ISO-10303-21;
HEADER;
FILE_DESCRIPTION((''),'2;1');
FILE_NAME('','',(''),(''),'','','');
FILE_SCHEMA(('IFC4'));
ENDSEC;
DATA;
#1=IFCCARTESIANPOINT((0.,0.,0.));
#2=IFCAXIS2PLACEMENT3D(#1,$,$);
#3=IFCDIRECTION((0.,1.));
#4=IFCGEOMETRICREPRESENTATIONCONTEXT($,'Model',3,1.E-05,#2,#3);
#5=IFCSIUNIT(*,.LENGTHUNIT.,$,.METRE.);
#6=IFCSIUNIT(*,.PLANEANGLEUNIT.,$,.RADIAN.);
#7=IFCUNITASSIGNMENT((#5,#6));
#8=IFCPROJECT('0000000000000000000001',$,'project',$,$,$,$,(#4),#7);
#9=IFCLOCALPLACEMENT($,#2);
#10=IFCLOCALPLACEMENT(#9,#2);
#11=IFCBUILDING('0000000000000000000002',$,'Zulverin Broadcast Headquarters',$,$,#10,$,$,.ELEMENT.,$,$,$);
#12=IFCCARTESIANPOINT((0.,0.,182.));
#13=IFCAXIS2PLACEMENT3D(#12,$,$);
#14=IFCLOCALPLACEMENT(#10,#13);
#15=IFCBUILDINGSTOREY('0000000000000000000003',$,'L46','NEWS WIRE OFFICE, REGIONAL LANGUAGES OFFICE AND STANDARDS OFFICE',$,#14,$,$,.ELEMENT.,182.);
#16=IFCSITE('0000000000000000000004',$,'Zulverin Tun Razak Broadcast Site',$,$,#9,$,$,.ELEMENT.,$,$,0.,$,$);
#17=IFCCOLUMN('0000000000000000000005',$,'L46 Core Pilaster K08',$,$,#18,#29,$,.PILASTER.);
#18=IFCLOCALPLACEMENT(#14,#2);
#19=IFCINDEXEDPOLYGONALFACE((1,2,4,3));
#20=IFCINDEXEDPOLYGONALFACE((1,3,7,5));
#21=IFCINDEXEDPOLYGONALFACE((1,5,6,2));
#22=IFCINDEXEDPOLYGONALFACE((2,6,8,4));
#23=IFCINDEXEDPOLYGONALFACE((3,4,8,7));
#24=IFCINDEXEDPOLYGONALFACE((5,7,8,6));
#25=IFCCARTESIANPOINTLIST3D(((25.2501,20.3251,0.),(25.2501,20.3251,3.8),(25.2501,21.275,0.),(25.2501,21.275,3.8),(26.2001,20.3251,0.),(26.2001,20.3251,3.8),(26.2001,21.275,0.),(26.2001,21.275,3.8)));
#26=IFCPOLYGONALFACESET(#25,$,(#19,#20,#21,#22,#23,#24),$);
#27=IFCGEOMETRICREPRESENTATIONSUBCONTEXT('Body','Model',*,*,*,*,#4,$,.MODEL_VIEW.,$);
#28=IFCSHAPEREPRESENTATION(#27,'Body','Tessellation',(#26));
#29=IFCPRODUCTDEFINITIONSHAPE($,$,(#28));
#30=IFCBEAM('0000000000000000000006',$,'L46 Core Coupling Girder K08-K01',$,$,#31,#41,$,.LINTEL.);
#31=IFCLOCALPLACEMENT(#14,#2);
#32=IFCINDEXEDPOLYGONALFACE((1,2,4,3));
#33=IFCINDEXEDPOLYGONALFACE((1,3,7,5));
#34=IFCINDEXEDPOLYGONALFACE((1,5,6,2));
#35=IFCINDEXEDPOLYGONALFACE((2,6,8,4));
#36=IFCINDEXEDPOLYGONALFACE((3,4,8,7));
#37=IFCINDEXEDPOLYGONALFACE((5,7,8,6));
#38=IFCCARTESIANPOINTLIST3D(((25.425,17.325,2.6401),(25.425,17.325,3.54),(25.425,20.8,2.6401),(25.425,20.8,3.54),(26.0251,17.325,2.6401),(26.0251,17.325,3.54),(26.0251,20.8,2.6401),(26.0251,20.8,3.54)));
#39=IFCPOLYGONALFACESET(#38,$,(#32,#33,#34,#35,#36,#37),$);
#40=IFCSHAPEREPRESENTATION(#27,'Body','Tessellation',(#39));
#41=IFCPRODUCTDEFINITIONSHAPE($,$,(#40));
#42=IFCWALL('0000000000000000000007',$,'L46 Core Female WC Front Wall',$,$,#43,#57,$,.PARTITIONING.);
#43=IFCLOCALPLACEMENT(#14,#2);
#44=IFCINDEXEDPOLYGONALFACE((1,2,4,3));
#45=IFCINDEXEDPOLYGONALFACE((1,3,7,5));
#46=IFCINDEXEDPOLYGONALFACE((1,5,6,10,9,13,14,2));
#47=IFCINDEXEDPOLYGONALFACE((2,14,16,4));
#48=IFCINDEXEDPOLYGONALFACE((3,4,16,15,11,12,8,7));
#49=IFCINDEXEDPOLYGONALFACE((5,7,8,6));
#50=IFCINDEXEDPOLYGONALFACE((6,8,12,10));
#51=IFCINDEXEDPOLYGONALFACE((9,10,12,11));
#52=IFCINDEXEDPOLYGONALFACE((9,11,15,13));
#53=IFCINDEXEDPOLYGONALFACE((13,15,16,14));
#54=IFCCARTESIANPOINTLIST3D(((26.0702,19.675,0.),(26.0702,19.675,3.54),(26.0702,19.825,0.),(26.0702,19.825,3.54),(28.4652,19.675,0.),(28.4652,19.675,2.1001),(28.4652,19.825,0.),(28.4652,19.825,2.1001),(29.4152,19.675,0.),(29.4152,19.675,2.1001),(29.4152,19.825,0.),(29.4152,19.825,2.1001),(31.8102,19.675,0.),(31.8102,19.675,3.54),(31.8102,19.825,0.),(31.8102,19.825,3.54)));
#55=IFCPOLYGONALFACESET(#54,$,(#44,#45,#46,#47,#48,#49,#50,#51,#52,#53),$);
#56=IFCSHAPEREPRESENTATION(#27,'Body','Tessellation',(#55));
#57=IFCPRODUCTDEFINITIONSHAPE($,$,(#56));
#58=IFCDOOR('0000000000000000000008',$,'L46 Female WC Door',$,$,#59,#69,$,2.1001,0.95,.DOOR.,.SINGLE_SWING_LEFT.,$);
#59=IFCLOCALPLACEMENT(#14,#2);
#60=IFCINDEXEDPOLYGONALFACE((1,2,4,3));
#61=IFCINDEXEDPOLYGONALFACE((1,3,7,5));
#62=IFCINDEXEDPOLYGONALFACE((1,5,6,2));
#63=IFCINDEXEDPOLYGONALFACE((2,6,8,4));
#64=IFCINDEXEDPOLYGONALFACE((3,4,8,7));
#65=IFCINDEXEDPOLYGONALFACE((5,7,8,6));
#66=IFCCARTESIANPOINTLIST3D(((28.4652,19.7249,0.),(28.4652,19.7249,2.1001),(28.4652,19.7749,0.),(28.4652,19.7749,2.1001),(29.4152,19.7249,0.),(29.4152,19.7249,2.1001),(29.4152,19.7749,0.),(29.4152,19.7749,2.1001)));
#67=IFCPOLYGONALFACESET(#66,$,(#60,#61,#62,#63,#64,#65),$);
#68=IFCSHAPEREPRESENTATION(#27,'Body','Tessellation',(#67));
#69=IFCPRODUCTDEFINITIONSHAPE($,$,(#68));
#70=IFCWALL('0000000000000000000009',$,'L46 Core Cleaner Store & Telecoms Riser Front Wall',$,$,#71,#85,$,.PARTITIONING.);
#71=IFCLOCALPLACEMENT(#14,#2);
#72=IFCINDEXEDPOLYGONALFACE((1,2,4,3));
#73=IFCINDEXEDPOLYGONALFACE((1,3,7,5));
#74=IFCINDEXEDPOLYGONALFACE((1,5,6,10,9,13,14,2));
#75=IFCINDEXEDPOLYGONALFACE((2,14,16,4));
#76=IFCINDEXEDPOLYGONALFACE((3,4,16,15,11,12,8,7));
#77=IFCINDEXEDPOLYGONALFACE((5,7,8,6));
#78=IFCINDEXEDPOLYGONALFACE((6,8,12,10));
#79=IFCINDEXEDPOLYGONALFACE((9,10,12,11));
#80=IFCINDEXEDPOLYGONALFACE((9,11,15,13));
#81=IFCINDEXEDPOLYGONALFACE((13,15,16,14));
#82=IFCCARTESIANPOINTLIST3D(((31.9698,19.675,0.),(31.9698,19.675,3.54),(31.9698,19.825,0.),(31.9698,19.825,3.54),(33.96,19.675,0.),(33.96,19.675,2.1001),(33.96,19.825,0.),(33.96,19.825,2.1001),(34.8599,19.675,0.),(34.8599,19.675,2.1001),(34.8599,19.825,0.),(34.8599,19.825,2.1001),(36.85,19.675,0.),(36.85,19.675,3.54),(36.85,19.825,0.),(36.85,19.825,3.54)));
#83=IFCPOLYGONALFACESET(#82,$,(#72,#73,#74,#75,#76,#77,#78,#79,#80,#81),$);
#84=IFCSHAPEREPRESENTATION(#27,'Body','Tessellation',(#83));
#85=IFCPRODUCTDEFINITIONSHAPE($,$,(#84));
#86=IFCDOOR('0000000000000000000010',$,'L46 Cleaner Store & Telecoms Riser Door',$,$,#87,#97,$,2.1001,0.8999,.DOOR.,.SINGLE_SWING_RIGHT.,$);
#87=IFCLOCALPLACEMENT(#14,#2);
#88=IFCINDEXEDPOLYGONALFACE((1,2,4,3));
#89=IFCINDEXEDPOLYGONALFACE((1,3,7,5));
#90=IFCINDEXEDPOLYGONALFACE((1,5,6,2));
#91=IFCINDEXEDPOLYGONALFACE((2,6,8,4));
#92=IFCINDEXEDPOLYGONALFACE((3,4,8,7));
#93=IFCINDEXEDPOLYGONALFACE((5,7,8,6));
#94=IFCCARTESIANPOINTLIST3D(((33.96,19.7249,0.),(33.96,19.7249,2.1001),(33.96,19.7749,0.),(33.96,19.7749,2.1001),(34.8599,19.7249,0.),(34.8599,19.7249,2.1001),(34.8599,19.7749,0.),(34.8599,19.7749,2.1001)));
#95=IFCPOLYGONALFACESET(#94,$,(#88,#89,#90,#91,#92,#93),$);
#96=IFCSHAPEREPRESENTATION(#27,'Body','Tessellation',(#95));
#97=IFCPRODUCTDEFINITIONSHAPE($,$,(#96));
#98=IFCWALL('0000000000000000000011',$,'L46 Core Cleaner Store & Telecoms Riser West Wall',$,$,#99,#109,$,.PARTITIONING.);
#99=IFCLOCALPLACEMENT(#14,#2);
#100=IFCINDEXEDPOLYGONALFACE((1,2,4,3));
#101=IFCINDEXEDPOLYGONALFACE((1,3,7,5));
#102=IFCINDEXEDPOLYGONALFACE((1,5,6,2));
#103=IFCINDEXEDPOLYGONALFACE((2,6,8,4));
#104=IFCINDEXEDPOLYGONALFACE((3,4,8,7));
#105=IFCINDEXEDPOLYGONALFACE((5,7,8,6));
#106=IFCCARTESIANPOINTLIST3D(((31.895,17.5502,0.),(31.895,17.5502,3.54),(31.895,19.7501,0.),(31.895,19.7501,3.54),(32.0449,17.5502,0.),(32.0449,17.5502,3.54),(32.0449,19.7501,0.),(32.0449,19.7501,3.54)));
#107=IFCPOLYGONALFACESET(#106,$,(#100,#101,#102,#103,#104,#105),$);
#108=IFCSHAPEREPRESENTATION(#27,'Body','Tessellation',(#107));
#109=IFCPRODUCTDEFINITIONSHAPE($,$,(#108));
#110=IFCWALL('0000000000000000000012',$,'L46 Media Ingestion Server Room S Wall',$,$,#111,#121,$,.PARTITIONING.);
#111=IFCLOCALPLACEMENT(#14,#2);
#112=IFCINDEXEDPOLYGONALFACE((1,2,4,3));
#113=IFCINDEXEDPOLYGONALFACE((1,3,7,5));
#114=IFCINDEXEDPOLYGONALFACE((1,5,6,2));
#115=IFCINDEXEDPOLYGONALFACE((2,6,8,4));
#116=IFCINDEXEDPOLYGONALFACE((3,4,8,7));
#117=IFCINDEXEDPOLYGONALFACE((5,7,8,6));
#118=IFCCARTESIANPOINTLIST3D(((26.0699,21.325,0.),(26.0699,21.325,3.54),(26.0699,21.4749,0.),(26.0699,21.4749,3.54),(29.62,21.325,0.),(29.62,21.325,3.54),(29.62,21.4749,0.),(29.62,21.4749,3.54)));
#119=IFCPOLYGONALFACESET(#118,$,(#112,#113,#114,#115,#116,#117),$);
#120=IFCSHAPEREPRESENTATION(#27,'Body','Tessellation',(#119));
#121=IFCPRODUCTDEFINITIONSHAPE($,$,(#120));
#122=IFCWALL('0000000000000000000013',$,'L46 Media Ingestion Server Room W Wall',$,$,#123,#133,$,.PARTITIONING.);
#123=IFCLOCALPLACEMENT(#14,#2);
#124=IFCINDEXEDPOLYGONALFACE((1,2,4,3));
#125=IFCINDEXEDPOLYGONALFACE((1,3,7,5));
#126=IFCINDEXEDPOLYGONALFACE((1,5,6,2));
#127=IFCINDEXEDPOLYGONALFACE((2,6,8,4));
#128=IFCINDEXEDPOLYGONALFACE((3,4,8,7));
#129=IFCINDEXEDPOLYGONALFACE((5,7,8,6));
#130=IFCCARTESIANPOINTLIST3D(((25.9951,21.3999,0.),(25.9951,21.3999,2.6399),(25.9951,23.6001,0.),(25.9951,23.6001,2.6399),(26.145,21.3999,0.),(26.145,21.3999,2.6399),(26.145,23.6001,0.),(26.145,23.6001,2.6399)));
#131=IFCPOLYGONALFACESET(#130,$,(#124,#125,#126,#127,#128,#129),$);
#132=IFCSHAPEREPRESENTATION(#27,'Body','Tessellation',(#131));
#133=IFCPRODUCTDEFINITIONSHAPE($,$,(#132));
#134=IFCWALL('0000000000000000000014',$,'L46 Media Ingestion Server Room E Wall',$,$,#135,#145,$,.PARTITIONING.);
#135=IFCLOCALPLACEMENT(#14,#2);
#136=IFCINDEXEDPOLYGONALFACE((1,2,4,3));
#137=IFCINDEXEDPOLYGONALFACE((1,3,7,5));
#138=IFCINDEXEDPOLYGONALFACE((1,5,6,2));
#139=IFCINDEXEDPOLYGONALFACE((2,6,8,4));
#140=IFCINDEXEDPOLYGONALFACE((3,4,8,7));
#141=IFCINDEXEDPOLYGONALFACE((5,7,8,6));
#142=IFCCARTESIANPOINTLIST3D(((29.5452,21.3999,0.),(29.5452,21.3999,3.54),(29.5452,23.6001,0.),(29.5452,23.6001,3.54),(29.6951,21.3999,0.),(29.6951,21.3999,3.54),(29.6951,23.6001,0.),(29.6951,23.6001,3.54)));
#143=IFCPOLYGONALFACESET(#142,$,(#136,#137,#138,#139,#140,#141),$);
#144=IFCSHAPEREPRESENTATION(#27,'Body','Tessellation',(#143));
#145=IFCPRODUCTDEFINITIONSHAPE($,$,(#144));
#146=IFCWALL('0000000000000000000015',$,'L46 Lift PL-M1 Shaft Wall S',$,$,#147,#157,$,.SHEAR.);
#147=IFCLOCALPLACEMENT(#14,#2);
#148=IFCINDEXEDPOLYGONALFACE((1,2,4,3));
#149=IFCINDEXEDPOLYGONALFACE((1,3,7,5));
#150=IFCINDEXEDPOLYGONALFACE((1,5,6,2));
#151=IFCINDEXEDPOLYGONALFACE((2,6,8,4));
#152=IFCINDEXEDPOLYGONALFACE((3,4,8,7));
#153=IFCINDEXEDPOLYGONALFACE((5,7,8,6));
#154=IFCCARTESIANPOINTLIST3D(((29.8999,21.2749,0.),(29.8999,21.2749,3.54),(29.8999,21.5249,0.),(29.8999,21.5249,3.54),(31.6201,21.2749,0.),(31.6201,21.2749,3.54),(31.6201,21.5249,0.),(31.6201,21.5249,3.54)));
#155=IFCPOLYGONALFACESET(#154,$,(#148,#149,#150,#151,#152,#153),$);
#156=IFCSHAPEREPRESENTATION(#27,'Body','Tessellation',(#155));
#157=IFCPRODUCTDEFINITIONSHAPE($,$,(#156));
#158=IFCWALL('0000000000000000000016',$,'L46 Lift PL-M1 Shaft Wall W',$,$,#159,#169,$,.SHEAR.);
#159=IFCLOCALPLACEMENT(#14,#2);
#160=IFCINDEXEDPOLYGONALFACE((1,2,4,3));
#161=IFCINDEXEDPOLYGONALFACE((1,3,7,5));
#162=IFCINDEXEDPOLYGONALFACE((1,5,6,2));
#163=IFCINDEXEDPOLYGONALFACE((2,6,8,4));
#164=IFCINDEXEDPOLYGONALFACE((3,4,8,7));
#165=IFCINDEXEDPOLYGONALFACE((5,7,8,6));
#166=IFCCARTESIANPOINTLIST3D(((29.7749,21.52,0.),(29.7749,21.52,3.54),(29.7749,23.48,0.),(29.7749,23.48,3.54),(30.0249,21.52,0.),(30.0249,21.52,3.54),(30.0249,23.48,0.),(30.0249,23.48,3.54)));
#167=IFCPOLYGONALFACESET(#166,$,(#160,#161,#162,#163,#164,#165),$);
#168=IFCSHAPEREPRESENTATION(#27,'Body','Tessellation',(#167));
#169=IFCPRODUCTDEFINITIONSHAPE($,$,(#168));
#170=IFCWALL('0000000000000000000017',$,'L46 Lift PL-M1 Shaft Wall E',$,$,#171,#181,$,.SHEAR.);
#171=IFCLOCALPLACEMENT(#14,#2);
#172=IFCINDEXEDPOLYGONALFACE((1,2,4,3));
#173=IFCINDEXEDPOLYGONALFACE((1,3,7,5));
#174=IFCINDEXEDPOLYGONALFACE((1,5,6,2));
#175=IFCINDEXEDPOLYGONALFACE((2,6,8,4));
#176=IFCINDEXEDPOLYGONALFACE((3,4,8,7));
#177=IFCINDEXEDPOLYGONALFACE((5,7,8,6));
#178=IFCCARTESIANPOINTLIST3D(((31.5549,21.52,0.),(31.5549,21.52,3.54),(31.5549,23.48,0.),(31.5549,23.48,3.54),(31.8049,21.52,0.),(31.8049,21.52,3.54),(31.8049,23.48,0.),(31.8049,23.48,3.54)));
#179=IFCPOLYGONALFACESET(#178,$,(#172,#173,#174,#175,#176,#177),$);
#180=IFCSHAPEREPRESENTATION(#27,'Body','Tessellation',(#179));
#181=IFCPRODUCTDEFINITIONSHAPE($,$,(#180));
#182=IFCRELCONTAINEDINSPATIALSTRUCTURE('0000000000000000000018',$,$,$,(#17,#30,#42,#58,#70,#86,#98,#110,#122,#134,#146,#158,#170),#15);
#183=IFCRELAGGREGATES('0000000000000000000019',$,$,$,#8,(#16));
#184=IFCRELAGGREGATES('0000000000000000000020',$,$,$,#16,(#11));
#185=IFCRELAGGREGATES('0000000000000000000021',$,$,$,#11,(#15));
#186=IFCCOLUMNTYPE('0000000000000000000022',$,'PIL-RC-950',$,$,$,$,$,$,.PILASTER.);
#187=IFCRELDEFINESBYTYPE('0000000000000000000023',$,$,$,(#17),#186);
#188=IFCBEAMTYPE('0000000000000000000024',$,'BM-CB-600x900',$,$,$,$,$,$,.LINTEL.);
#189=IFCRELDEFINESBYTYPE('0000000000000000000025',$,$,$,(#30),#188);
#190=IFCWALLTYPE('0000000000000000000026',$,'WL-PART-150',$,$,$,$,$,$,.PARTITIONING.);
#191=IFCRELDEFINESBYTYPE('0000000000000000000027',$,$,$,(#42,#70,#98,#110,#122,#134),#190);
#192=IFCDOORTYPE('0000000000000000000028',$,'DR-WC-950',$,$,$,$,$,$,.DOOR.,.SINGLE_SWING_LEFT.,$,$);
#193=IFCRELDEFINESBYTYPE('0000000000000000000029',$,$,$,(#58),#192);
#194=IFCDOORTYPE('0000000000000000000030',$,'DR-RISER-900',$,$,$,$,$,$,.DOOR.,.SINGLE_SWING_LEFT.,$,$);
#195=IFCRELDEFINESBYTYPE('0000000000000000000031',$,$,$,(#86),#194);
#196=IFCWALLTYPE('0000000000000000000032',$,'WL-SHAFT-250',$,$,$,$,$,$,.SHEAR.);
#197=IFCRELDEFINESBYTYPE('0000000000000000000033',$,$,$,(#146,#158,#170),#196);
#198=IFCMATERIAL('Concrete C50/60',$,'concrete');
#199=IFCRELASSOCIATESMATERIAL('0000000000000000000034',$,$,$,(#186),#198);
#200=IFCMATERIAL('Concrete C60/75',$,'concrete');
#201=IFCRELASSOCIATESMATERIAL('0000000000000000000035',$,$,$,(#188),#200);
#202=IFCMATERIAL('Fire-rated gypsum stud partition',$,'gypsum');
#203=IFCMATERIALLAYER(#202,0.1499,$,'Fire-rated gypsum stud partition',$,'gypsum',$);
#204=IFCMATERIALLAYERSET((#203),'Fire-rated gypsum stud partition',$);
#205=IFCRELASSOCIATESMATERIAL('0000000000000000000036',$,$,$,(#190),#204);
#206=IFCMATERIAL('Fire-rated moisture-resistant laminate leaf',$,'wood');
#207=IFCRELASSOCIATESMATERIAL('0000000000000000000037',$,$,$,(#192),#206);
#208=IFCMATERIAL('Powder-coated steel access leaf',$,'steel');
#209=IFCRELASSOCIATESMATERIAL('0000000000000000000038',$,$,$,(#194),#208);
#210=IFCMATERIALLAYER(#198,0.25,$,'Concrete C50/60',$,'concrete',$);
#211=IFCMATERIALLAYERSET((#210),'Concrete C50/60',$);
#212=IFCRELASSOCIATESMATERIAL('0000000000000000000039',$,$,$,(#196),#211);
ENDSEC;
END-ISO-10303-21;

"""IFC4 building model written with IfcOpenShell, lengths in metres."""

from ifc_helpers import new_model, si_unit, direction, frame, frame_2d, origin, origin_2d, place, context, subcontext, project, spatial, rectangle, extrude, material, layer, layer_set, material_profile, profile_set, type_object, element, fill, save


model = new_model("IFC4")

# Units and contexts
model_context = context("Model", 3, precision=1e-05, world=origin(), true_north=direction((0.0, 1.0)))
body_context = subcontext(model_context, "Body", "Model", "MODEL_VIEW")
ifc_project = project(units=[si_unit("LENGTHUNIT", "METRE"), si_unit("PLANEANGLEUNIT", "RADIAN")], contexts=[model_context])

# Site, building, storey
site_placement = place(None, origin())
site = spatial("IfcSite", under=ifc_project, at=site_placement, Name="Zulverin Tun Razak Broadcast Site", CompositionType="ELEMENT", RefElevation=0.0)
building_placement = place(site_placement, origin())
building = spatial("IfcBuilding", under=site, at=building_placement, Name="Zulverin Broadcast Headquarters", CompositionType="ELEMENT")
storey_placement = place(building_placement, frame((0.0, 0.0, 182.0)))
storey = spatial("IfcBuildingStorey", under=building, at=storey_placement, Name="L46", Description="NEWS WIRE OFFICE, REGIONAL LANGUAGES OFFICE AND STANDARDS OFFICE", CompositionType="ELEMENT", Elevation=182.0)

# Column
ifc_material_1 = material(Name="Concrete C50/60", Category="concrete")
ifc_material_profile_1 = material_profile(ifc_material_1, rectangle(XDim=0.95, YDim=0.95, at=origin_2d()), Name="Concrete C50/60", Category="concrete")
ifc_profile_set_1 = profile_set([ifc_material_profile_1], Name="Concrete C50/60")
column_type = type_object("IfcColumnType", Name="PIL-RC-950", PredefinedType="PILASTER", material=ifc_profile_set_1)
column_placement = place(storey_placement, frame((25.7251, 20.8, 0.0), z_axis=(0.0, 0.0, 1.0), x_axis=(1.0, 0.0, 0.0)))
element("IfcColumn", 1, at=column_placement, inside=storey, type_object=column_type, Name="L46 Core Pilaster K08", PredefinedType="PILASTER", context=body_context, shape_type="SweptSolid", body=[
    extrude(rectangle(XDim=0.95, YDim=0.95, at=origin_2d()), origin(), (0.0, 0.0, 1.0), 3.8),
])

# Beam
ifc_material_2 = material(Name="Concrete C60/75", Category="concrete")
ifc_material_profile_2 = material_profile(ifc_material_2, rectangle(XDim=0.6001, YDim=0.8999, at=origin_2d()), Name="Concrete C60/75", Category="concrete")
ifc_profile_set_2 = profile_set([ifc_material_profile_2], Name="Concrete C60/75")
beam_type = type_object("IfcBeamType", Name="BM-CB-600x900", PredefinedType="LINTEL", material=ifc_profile_set_2)
beam_placement = place(storey_placement, frame((25.7251, 20.8, 3.0901), z_axis=(0.0, -1.0, 0.0), x_axis=(1.0, 0.0, 0.0)))
element("IfcBeam", 2, at=beam_placement, inside=storey, type_object=beam_type, Name="L46 Core Coupling Girder K08-K01", PredefinedType="LINTEL", context=body_context, shape_type="SweptSolid", body=[
    extrude(rectangle(XDim=0.6001, YDim=0.8999, at=origin_2d()), origin(), (0.0, 0.0, 1.0), 3.4751),
])

# Walls, openings, doors
ifc_material_3 = material(Name="Fire-rated gypsum stud partition", Category="gypsum")
ifc_layer_1 = layer(ifc_material_3, 0.1499, Name="Fire-rated gypsum stud partition", Category="gypsum")
ifc_layer_set_1 = layer_set([ifc_layer_1], Name="Fire-rated gypsum stud partition")
wall_type_1 = type_object("IfcWallType", Name="WL-PART-150", PredefinedType="PARTITIONING", material=ifc_layer_set_1)
wall_1_placement = place(storey_placement, frame((26.0701, 19.75, 0.0), z_axis=(0.0, 0.0, 1.0), x_axis=(1.0, 0.0, 0.0)))
wall_1 = element("IfcWall", 3, at=wall_1_placement, inside=storey, type_object=wall_type_1, Name="L46 Core Female WC Front Wall", PredefinedType="PARTITIONING", context=body_context, shape_type="SweptSolid", body=[
    extrude(rectangle(XDim=5.74, YDim=0.1499, at=frame_2d((2.8701, 0.0))), origin(), (0.0, 0.0, 1.0), 3.54),
])
opening_1_placement = place(wall_1_placement, frame((2.395, 0.0, 0.0)))
opening_1 = element("IfcOpeningElement", 4, at=opening_1_placement, cuts=wall_1, PredefinedType="OPENING", context=body_context, shape_type="SweptSolid", body=[
    extrude(rectangle(XDim=0.95, YDim=2.1001, at=frame_2d((0.4751, 1.05))), frame((0.0, 0.085, 0.0), z_axis=(0.0, -1.0, 0.0), x_axis=(1.0, 0.0, 0.0)), (0.0, 0.0, 1.0), 0.1699),
])
ifc_material_4 = material(Name="Fire-rated moisture-resistant laminate leaf", Category="wood")
door_type_1 = type_object("IfcDoorType", Name="DR-WC-950", OperationType="SINGLE_SWING_LEFT", PredefinedType="DOOR", material=ifc_material_4)
door_1_placement = place(opening_1_placement, origin())
door_1 = element("IfcDoor", 5, at=door_1_placement, inside=storey, type_object=door_type_1, Name="L46 Female WC Door", OperationType="SINGLE_SWING_LEFT", OverallHeight=2.1001, OverallWidth=0.95, PredefinedType="DOOR", context=body_context, shape_type="SweptSolid", body=[
    extrude(rectangle(XDim=0.95, YDim=2.1001, at=frame_2d((0.4751, 1.05))), frame((0.0, 0.0249, 0.0), z_axis=(0.0, -1.0, 0.0), x_axis=(1.0, 0.0, 0.0)), (0.0, 0.0, 1.0), 0.05),
])
fill(opening_1, door_1)
wall_2_placement = place(storey_placement, frame((31.97, 19.75, 0.0), z_axis=(0.0, 0.0, 1.0), x_axis=(1.0, 0.0, 0.0)))
wall_2 = element("IfcWall", 6, at=wall_2_placement, inside=storey, type_object=wall_type_1, Name="L46 Core Cleaner Store & Telecoms Riser Front Wall", PredefinedType="PARTITIONING", context=body_context, shape_type="SweptSolid", body=[
    extrude(rectangle(XDim=4.8801, YDim=0.1499, at=frame_2d((2.4399, 0.0))), origin(), (0.0, 0.0, 1.0), 3.54),
])
opening_2_placement = place(wall_2_placement, frame((1.99, 0.0, 0.0)))
opening_2 = element("IfcOpeningElement", 7, at=opening_2_placement, cuts=wall_2, PredefinedType="OPENING", context=body_context, shape_type="SweptSolid", body=[
    extrude(rectangle(XDim=0.8999, YDim=2.1001, at=frame_2d((0.45, 1.05))), frame((0.0, 0.085, 0.0), z_axis=(0.0, -1.0, 0.0), x_axis=(1.0, 0.0, 0.0)), (0.0, 0.0, 1.0), 0.1699),
])
ifc_material_5 = material(Name="Powder-coated steel access leaf", Category="steel")
door_type_2 = type_object("IfcDoorType", Name="DR-RISER-900", OperationType="SINGLE_SWING_LEFT", PredefinedType="DOOR", material=ifc_material_5)
door_2_placement = place(opening_2_placement, origin())
door_2 = element("IfcDoor", 8, at=door_2_placement, inside=storey, type_object=door_type_2, Name="L46 Cleaner Store & Telecoms Riser Door", OperationType="SINGLE_SWING_RIGHT", OverallHeight=2.1001, OverallWidth=0.8999, PredefinedType="DOOR", context=body_context, shape_type="SweptSolid", body=[
    extrude(rectangle(XDim=0.8999, YDim=2.1001, at=frame_2d((0.45, 1.05))), frame((0.0, 0.0249, 0.0), z_axis=(0.0, -1.0, 0.0), x_axis=(1.0, 0.0, 0.0)), (0.0, 0.0, 1.0), 0.05),
])
fill(opening_2, door_2)

# Walls
wall_3_placement = place(storey_placement, frame((31.97, 17.55, 0.0), z_axis=(0.0, 0.0, 1.0), x_axis=(0.0, 1.0, 0.0)))
element("IfcWall", 9, at=wall_3_placement, inside=storey, type_object=wall_type_1, Name="L46 Core Cleaner Store & Telecoms Riser West Wall", PredefinedType="PARTITIONING", context=body_context, shape_type="SweptSolid", body=[
    extrude(rectangle(XDim=2.2, YDim=0.1499, at=frame_2d((1.1001, 0.0))), origin(), (0.0, 0.0, 1.0), 3.54),
])
wall_4_placement = place(storey_placement, frame((26.0701, 21.3999, 0.0), z_axis=(0.0, 0.0, 1.0), x_axis=(1.0, 0.0, 0.0)))
element("IfcWall", 10, at=wall_4_placement, inside=storey, type_object=wall_type_1, Name="L46 Media Ingestion Server Room S Wall", PredefinedType="PARTITIONING", context=body_context, shape_type="SweptSolid", body=[
    extrude(rectangle(XDim=3.55, YDim=0.1499, at=frame_2d((1.7749, 0.0))), origin(), (0.0, 0.0, 1.0), 3.54),
])
wall_5_placement = place(storey_placement, frame((26.0701, 21.3999, 0.0), z_axis=(0.0, 0.0, 1.0), x_axis=(0.0, 1.0, 0.0)))
element("IfcWall", 11, at=wall_5_placement, inside=storey, type_object=wall_type_1, Name="L46 Media Ingestion Server Room W Wall", PredefinedType="PARTITIONING", context=body_context, shape_type="SweptSolid", body=[
    extrude(rectangle(XDim=2.2002, YDim=0.1499, at=frame_2d((1.1001, 0.0))), origin(), (0.0, 0.0, 1.0), 2.6399),
])
wall_6_placement = place(storey_placement, frame((29.6201, 21.3999, 0.0), z_axis=(0.0, 0.0, 1.0), x_axis=(0.0, 1.0, 0.0)))
element("IfcWall", 12, at=wall_6_placement, inside=storey, type_object=wall_type_1, Name="L46 Media Ingestion Server Room E Wall", PredefinedType="PARTITIONING", context=body_context, shape_type="SweptSolid", body=[
    extrude(rectangle(XDim=2.2002, YDim=0.1499, at=frame_2d((1.1001, 0.0))), origin(), (0.0, 0.0, 1.0), 3.54),
])
ifc_layer_2 = layer(ifc_material_1, 0.25, Name="Concrete C50/60", Category="concrete")
ifc_layer_set_2 = layer_set([ifc_layer_2], Name="Concrete C50/60")
wall_type_2 = type_object("IfcWallType", Name="WL-SHAFT-250", PredefinedType="SHEAR", material=ifc_layer_set_2)
wall_7_placement = place(storey_placement, frame((29.8999, 21.3999, 0.0), z_axis=(0.0, 0.0, 1.0), x_axis=(1.0, 0.0, 0.0)))
element("IfcWall", 13, at=wall_7_placement, inside=storey, type_object=wall_type_2, Name="L46 Lift PL-M1 Shaft Wall S", PredefinedType="SHEAR", context=body_context, shape_type="SweptSolid", body=[
    extrude(rectangle(XDim=1.7202, YDim=0.25, at=frame_2d((0.8601, 0.0))), origin(), (0.0, 0.0, 1.0), 3.54),
])
for number, where, z_axis, x_axis, name in (
    (14, (29.8999, 21.52, 0.0), (0.0, 0.0, 1.0), (0.0, 1.0, 0.0), "L46 Lift PL-M1 Shaft Wall W"),
    (15, (31.6799, 21.52, 0.0), (0.0, 0.0, 1.0), (0.0, 1.0, 0.0), "L46 Lift PL-M1 Shaft Wall E"),
):
    element("IfcWall", number, at=place(storey_placement, frame(where, z_axis=z_axis, x_axis=x_axis)), inside=storey, type_object=wall_type_2, Name=name, PredefinedType="SHEAR", context=body_context, shape_type="SweptSolid", body=[
        extrude(rectangle(XDim=1.96, YDim=0.25, at=frame_2d((0.98, 0.0))), origin(), (0.0, 0.0, 1.0), 3.54),
    ])

save(model, "model.ifc")
